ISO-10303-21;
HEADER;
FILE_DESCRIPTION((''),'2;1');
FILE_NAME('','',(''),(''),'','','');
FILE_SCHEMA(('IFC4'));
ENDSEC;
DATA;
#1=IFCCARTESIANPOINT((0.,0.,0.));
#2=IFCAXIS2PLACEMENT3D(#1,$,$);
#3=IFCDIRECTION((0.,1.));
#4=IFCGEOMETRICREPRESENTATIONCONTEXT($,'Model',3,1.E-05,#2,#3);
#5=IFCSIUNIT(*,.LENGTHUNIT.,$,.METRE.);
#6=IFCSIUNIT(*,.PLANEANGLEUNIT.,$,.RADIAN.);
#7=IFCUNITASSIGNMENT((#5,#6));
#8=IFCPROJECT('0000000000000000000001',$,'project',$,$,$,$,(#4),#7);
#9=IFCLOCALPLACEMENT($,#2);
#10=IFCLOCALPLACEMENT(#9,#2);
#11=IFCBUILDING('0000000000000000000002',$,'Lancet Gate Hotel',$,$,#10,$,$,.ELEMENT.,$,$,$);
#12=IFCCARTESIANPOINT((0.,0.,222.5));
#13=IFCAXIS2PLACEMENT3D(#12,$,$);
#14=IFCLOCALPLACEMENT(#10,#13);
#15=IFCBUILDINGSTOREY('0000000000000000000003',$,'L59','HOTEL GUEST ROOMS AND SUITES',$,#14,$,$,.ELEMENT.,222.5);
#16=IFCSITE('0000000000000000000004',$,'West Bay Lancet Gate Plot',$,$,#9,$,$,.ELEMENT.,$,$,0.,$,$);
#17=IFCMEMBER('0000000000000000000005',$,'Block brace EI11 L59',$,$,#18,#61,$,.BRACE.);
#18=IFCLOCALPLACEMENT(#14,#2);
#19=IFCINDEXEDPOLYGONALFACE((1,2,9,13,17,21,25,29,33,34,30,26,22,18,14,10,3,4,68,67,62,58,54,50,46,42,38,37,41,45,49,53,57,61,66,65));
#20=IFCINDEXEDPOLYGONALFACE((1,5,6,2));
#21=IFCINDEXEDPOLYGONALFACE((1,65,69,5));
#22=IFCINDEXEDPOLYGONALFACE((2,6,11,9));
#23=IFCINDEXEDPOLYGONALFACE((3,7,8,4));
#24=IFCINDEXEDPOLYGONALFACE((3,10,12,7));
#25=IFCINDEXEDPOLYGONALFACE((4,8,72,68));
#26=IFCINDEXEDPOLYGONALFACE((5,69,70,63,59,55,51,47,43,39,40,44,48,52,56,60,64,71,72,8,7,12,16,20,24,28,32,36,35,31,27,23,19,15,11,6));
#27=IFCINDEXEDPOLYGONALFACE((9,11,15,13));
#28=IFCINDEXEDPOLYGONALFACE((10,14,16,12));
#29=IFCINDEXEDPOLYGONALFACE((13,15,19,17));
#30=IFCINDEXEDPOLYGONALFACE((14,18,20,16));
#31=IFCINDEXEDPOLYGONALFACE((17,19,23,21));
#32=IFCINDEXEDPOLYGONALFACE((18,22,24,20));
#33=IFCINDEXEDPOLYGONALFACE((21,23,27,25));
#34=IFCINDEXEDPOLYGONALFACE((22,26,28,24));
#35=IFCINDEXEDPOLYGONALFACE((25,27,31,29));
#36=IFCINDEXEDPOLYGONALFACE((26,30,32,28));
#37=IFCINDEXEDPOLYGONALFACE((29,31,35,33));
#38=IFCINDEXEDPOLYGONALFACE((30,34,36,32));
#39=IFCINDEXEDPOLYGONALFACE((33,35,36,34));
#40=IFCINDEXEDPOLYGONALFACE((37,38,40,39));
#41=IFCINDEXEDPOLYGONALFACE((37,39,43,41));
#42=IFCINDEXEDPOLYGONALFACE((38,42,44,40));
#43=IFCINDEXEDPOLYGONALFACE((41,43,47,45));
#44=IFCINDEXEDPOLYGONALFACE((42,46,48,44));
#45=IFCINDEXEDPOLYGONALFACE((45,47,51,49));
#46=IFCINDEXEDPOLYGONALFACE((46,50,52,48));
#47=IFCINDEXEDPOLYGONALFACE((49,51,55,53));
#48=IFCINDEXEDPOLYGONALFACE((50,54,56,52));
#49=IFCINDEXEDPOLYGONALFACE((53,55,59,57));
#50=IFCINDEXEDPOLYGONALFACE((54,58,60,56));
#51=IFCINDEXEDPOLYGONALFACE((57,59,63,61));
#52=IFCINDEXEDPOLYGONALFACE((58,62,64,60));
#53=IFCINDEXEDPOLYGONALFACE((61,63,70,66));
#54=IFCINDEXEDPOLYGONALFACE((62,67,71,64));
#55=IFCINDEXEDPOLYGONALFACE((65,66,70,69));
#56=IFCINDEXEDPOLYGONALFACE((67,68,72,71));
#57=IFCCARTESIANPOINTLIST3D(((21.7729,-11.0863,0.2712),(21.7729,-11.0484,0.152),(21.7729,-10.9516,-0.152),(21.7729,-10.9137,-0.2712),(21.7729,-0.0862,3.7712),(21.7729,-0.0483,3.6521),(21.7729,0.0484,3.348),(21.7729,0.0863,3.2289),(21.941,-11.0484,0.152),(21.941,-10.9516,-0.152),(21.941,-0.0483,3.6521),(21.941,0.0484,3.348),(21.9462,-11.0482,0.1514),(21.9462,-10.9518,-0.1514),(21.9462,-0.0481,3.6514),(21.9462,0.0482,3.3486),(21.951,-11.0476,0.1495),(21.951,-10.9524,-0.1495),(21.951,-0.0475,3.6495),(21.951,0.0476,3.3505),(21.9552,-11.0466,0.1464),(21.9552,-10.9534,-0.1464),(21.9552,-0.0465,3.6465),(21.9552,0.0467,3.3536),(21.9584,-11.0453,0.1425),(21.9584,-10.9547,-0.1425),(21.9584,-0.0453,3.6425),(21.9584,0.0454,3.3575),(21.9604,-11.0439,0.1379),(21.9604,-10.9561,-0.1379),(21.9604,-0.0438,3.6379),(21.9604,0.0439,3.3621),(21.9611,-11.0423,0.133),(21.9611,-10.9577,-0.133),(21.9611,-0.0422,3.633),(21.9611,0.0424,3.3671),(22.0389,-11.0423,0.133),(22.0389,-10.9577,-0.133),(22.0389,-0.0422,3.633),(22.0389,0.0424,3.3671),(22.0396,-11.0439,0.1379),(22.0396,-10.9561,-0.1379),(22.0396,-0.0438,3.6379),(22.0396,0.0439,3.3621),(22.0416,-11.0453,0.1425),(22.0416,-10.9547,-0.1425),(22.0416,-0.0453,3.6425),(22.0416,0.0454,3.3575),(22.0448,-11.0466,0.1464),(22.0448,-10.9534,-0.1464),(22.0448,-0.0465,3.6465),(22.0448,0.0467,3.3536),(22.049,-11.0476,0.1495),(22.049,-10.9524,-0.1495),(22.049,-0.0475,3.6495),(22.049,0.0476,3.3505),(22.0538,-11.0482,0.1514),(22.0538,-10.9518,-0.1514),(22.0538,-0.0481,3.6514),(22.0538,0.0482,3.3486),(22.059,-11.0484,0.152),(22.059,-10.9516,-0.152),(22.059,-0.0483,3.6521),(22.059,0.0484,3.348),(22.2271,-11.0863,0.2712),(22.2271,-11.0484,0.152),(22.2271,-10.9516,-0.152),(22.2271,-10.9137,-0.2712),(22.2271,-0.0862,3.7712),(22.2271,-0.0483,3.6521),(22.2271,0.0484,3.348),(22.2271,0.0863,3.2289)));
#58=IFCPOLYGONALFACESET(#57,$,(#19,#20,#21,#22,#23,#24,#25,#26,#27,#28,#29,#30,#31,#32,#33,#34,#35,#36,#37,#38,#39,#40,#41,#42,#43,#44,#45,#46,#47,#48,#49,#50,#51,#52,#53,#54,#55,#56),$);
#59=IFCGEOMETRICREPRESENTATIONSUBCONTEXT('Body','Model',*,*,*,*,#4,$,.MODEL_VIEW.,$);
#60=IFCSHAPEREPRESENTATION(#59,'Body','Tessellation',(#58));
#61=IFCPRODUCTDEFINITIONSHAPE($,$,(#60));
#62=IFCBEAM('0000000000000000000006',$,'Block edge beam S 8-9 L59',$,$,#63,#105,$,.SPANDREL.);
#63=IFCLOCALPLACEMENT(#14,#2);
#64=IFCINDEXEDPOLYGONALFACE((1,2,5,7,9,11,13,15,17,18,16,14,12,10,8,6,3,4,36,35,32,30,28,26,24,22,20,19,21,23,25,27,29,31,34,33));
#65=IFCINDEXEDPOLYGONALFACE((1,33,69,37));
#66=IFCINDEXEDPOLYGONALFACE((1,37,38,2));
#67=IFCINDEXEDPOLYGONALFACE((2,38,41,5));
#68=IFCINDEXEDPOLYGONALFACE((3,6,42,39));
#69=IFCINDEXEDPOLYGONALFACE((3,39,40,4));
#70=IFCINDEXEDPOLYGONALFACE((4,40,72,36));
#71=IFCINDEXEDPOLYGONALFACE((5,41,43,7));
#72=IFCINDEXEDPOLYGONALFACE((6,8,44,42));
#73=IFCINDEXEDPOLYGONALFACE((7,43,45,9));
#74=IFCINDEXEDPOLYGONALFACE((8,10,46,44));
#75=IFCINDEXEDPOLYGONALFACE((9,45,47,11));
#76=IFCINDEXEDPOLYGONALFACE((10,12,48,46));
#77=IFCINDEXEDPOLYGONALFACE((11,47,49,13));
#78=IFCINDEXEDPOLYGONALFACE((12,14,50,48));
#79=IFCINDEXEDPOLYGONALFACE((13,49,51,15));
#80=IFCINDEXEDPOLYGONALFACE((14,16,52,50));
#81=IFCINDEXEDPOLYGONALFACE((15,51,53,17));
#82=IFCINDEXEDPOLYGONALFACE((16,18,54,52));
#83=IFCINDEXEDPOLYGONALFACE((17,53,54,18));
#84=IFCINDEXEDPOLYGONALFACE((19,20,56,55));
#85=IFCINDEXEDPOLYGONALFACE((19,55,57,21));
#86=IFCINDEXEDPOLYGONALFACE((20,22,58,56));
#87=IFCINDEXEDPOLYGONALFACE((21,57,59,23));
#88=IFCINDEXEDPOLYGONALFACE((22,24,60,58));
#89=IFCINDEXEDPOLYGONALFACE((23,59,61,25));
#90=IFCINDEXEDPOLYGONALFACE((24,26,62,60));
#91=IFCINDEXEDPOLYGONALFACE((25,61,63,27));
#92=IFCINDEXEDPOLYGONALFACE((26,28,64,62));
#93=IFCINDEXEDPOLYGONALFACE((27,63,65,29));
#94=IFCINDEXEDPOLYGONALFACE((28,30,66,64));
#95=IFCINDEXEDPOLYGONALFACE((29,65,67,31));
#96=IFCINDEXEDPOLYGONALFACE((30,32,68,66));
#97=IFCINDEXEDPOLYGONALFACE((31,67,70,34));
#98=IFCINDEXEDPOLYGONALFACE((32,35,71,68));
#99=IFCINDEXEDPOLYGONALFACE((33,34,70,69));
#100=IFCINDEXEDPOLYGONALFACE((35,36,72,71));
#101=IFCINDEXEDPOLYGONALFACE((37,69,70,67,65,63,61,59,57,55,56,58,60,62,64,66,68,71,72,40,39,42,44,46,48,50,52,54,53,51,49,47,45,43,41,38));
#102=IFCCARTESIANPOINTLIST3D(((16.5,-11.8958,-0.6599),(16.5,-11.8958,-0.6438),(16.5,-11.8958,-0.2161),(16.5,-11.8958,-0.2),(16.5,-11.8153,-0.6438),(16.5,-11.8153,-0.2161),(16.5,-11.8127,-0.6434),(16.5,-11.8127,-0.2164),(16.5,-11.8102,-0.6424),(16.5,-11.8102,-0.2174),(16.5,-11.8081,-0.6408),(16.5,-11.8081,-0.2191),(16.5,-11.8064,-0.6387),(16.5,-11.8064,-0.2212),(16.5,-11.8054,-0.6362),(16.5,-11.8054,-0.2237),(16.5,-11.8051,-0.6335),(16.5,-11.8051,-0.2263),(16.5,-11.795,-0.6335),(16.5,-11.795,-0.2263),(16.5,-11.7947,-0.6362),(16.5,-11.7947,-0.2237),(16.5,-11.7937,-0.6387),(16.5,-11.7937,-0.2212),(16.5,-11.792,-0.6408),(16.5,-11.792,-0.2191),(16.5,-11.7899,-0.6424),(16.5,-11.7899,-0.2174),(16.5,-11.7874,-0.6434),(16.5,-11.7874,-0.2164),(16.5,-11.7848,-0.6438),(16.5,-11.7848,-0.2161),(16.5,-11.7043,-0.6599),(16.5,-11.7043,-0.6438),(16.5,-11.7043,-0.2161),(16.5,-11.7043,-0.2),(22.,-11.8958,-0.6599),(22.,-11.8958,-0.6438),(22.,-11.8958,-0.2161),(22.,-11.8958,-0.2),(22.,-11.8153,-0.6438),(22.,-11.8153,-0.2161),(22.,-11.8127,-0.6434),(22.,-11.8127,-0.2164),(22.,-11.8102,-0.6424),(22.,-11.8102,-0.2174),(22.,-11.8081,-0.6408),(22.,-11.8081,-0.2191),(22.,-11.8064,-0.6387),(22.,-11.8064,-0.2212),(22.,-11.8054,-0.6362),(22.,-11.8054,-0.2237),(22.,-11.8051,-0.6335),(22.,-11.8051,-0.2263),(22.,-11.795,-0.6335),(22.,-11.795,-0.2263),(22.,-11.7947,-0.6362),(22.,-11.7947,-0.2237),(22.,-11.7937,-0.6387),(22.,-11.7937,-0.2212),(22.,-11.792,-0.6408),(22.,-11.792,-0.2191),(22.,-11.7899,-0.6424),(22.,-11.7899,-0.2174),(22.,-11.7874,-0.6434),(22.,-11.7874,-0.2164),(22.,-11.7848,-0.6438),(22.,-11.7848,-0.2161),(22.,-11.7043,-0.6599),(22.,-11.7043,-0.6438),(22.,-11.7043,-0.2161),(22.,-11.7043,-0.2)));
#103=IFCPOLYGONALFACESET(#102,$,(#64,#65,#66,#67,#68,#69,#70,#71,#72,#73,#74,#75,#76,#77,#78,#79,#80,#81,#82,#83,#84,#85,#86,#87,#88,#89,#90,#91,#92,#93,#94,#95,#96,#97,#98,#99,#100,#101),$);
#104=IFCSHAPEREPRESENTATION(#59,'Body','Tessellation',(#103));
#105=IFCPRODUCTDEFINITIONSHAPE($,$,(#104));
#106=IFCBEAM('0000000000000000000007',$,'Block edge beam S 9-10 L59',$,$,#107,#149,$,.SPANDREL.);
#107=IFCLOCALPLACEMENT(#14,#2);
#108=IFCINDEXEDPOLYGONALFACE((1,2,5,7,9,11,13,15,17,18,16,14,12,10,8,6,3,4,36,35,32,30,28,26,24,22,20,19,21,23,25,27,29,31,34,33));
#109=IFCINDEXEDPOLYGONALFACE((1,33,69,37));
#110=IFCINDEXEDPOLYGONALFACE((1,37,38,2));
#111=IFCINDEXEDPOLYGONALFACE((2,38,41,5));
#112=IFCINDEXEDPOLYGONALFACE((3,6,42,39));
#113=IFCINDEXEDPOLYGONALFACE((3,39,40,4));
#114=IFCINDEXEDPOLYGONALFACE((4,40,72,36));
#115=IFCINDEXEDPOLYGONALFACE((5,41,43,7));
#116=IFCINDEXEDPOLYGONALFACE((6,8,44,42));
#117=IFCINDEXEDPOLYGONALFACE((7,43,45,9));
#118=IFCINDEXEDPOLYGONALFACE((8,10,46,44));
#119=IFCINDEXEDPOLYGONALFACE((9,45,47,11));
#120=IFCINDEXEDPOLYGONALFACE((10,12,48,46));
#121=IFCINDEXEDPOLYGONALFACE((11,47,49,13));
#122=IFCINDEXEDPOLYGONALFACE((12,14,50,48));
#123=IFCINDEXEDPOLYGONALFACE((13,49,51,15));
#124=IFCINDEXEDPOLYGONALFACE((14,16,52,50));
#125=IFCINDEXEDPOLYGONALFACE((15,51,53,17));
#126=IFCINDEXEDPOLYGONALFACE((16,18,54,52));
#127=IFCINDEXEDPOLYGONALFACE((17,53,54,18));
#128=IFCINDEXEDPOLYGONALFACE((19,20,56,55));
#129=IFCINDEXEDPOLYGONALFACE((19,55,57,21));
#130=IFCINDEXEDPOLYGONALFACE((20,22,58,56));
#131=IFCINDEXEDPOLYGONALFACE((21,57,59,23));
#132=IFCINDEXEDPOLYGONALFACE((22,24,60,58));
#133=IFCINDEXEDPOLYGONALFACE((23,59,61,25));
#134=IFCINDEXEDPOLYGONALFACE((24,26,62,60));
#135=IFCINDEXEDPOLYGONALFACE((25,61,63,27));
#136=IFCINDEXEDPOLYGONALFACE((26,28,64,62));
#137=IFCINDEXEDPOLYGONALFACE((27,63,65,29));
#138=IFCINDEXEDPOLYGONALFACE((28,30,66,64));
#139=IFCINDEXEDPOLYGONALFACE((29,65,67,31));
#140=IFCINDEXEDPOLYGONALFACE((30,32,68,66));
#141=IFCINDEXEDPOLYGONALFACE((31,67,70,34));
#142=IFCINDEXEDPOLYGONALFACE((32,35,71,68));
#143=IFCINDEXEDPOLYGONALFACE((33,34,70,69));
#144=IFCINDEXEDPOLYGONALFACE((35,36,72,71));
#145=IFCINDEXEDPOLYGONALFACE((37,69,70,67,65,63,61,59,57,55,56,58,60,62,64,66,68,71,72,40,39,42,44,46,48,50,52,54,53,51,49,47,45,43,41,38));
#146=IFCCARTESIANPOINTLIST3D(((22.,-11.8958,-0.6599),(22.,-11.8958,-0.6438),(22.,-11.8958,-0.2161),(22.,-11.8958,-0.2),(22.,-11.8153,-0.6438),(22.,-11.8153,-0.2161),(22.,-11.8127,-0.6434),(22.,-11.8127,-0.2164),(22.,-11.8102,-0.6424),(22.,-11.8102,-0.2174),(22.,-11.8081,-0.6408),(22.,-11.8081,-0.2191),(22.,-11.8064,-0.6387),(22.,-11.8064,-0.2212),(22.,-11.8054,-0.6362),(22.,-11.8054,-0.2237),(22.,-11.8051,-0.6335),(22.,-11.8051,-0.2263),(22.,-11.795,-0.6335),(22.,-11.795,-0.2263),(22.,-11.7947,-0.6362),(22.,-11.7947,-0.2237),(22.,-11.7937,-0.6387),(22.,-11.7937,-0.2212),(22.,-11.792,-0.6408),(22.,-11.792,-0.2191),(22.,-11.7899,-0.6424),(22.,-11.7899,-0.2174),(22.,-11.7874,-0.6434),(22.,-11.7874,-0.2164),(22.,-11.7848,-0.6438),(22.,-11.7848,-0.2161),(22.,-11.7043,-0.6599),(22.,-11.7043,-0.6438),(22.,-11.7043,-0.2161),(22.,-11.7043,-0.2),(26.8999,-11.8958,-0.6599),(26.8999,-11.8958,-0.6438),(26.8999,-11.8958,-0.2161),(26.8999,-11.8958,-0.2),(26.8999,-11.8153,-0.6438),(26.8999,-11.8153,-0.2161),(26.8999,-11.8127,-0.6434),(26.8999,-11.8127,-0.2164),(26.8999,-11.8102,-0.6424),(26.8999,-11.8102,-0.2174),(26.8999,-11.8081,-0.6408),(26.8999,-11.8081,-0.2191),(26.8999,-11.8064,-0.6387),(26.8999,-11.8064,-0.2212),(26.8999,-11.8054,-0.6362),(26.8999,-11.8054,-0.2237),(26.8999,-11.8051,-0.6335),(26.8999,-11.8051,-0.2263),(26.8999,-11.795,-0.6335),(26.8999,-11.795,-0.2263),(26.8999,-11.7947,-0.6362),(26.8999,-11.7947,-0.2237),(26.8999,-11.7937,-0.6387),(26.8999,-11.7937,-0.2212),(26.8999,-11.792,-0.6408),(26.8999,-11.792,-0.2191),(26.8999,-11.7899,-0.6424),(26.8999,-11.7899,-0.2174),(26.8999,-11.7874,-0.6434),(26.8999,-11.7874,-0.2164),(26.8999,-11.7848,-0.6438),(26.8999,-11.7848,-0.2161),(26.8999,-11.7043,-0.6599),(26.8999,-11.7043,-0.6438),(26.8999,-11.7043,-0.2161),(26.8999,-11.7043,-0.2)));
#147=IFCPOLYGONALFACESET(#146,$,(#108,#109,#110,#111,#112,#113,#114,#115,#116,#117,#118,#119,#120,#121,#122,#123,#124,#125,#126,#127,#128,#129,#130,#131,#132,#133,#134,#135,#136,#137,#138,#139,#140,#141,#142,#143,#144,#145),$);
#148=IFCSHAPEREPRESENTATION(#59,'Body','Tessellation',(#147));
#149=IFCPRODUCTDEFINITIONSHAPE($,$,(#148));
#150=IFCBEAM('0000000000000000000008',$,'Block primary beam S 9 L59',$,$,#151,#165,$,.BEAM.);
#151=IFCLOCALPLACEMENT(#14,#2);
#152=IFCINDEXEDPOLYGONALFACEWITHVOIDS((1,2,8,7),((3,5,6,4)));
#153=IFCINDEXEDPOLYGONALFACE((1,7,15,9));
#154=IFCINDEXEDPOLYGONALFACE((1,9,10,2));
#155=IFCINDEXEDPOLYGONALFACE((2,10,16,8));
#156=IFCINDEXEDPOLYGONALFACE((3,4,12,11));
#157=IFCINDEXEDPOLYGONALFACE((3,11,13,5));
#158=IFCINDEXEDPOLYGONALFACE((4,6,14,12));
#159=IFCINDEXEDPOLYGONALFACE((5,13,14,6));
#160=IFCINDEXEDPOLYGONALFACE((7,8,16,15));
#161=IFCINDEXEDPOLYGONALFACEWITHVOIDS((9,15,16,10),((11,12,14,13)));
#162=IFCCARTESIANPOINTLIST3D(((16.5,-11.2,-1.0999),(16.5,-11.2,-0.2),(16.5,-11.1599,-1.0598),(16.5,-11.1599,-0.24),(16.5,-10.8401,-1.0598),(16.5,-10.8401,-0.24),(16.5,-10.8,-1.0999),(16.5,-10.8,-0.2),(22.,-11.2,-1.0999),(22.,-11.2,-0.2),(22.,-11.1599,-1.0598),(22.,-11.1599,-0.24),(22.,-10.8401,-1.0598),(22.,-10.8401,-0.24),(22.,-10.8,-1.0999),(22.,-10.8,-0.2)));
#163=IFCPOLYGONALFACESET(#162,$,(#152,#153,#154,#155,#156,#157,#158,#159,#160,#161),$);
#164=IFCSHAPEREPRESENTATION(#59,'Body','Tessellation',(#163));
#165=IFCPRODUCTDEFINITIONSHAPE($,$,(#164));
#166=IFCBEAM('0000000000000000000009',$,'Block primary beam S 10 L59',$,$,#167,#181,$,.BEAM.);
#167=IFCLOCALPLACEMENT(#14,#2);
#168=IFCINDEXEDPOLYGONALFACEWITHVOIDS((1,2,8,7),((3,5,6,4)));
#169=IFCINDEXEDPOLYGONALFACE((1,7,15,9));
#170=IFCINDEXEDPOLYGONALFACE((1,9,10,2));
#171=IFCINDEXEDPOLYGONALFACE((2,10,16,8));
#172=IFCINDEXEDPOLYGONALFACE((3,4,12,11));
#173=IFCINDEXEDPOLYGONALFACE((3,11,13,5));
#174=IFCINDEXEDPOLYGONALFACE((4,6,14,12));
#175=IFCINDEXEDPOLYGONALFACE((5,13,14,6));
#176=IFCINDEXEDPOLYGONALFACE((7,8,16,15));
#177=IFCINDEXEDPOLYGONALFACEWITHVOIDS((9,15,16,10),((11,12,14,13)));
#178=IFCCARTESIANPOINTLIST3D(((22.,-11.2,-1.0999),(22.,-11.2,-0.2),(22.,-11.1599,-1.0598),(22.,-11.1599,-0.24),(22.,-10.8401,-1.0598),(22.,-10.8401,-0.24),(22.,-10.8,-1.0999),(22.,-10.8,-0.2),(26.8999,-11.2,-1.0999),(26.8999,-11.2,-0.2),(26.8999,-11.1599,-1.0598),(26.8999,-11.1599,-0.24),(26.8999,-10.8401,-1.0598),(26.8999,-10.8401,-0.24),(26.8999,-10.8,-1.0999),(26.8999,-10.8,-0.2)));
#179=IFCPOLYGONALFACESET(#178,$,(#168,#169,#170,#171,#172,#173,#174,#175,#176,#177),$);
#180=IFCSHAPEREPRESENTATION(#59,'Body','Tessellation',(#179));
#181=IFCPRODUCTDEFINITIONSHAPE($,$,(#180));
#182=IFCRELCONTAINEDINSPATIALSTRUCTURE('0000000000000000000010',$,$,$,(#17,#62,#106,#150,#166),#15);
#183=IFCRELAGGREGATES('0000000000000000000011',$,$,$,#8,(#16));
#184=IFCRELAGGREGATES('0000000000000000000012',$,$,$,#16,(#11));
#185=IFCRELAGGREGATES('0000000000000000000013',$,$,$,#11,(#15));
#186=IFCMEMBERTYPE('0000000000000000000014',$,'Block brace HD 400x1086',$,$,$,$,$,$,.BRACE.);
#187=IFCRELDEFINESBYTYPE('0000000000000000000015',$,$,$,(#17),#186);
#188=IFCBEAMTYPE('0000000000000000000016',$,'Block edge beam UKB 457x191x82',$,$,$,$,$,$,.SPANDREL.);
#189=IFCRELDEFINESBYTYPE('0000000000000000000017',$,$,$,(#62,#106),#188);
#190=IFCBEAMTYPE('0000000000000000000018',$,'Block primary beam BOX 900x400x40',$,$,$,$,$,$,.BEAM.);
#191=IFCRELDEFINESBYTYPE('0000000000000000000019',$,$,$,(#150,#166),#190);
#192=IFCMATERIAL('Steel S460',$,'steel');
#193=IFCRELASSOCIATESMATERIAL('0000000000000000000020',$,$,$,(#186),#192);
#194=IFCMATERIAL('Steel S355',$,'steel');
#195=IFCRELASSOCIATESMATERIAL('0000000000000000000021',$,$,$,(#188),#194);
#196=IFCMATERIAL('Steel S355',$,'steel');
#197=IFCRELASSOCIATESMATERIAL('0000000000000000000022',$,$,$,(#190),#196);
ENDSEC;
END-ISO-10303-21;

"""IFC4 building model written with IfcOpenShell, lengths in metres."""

from ifc_helpers import new_model, si_unit, direction, frame, origin, origin_2d, place, context, subcontext, project, spatial, hollow_rectangle, i_section, extrude, material, material_profile, profile_set, type_object, element, save


model = new_model("IFC4")

# Units and contexts
model_context = context("Model", 3, precision=1e-05, world=origin(), true_north=direction((0.0, 1.0)))
body_context = subcontext(model_context, "Body", "Model", "MODEL_VIEW")
ifc_project = project(units=[si_unit("LENGTHUNIT", "METRE"), si_unit("PLANEANGLEUNIT", "RADIAN")], contexts=[model_context])

# Site, building, storey
site_placement = place(None, origin())
site = spatial("IfcSite", under=ifc_project, at=site_placement, Name="West Bay Lancet Gate Plot", CompositionType="ELEMENT", RefElevation=0.0)
building_placement = place(site_placement, origin())
building = spatial("IfcBuilding", under=site, at=building_placement, Name="Lancet Gate Hotel", CompositionType="ELEMENT")
storey_placement = place(building_placement, frame((0.0, 0.0, 222.5)))
storey = spatial("IfcBuildingStorey", under=building, at=storey_placement, Name="L59", Description="HOTEL GUEST ROOMS AND SUITES", CompositionType="ELEMENT", Elevation=222.5)

# Member
ifc_material_1 = material(Name="Steel S460", Category="steel")
ifc_material_profile_1 = material_profile(ifc_material_1, i_section(OverallWidth=0.4541, OverallDepth=0.5691, WebThickness=0.0779, FlangeThickness=0.125, FilletRadius=0.02, at=origin_2d()), Name="HD 400x1086")
ifc_profile_set_1 = profile_set([ifc_material_profile_1], Name="Steel S460")
member_type_1 = type_object("IfcMemberType", Name="Block brace HD 400x1086", PredefinedType="BRACE", material=ifc_profile_set_1)
member_1_placement = place(storey_placement, frame((22.0, -11.0, 0.0), z_axis=(0.0, 0.952926, 0.303204), x_axis=(-1.0, 0.0, 0.0)))
element("IfcMember", 1, at=member_1_placement, inside=storey, type_object=member_type_1, Name="Block brace EI11 L59", PredefinedType="BRACE", context=body_context, shape_type="SweptSolid", body=[
    extrude(i_section(OverallWidth=0.4541, OverallDepth=0.5691, WebThickness=0.0779, FlangeThickness=0.125, FilletRadius=0.02, at=origin_2d()), origin(), (0.0, 0.0, 1.0), 11.5435),
])

# Beams
ifc_material_2 = material(Name="Steel S355", Category="steel")
ifc_material_profile_2 = material_profile(ifc_material_2, i_section(OverallWidth=0.1914, OverallDepth=0.46, WebThickness=0.01, FlangeThickness=0.0161, FilletRadius=0.0103, at=origin_2d()), Name="UKB 457x191x82")
ifc_profile_set_2 = profile_set([ifc_material_profile_2], Name="Steel S355")
beam_type_1 = type_object("IfcBeamType", Name="Block edge beam UKB 457x191x82", PredefinedType="SPANDREL", material=ifc_profile_set_2)
beam_1_placement = place(storey_placement, frame((16.5, -11.8, -0.4299), z_axis=(1.0, 0.0, 0.0), x_axis=(0.0, 1.0, 0.0)))
element("IfcBeam", 2, at=beam_1_placement, inside=storey, type_object=beam_type_1, Name="Block edge beam S 8-9 L59", PredefinedType="SPANDREL", context=body_context, shape_type="SweptSolid", body=[
    extrude(i_section(OverallWidth=0.1914, OverallDepth=0.46, WebThickness=0.01, FlangeThickness=0.0161, FilletRadius=0.0103, at=origin_2d()), origin(), (0.0, 0.0, 1.0), 5.5),
])
beam_2_placement = place(storey_placement, frame((22.0, -11.8, -0.4299), z_axis=(1.0, 0.0, 0.0), x_axis=(0.0, 1.0, 0.0)))
element("IfcBeam", 3, at=beam_2_placement, inside=storey, type_object=beam_type_1, Name="Block edge beam S 9-10 L59", PredefinedType="SPANDREL", context=body_context, shape_type="SweptSolid", body=[
    extrude(i_section(OverallWidth=0.1914, OverallDepth=0.46, WebThickness=0.01, FlangeThickness=0.0161, FilletRadius=0.0103, at=origin_2d()), origin(), (0.0, 0.0, 1.0), 4.8999),
])
ifc_material_3 = material(Name="Steel S355", Category="steel")
ifc_material_profile_3 = material_profile(ifc_material_3, hollow_rectangle(XDim=0.3999, YDim=0.8999, WallThickness=0.04, at=origin_2d()), Name="BOX 900x400x40")
ifc_profile_set_3 = profile_set([ifc_material_profile_3], Name="Steel S355")
beam_type_2 = type_object("IfcBeamType", Name="Block primary beam BOX 900x400x40", PredefinedType="BEAM", material=ifc_profile_set_3)
beam_3_placement = place(storey_placement, frame((16.5, -11.0, -0.6499), z_axis=(1.0, 0.0, 0.0), x_axis=(0.0, 1.0, 0.0)))
element("IfcBeam", 4, at=beam_3_placement, inside=storey, type_object=beam_type_2, Name="Block primary beam S 9 L59", PredefinedType="BEAM", context=body_context, shape_type="SweptSolid", body=[
    extrude(hollow_rectangle(XDim=0.3999, YDim=0.8999, WallThickness=0.04, at=origin_2d()), origin(), (0.0, 0.0, 1.0), 5.5),
])
beam_4_placement = place(storey_placement, frame((22.0, -11.0, -0.6499), z_axis=(1.0, 0.0, 0.0), x_axis=(0.0, 1.0, 0.0)))
element("IfcBeam", 5, at=beam_4_placement, inside=storey, type_object=beam_type_2, Name="Block primary beam S 10 L59", PredefinedType="BEAM", context=body_context, shape_type="SweptSolid", body=[
    extrude(hollow_rectangle(XDim=0.3999, YDim=0.8999, WallThickness=0.04, at=origin_2d()), origin(), (0.0, 0.0, 1.0), 4.8999),
])

save(model, "model.ifc")
